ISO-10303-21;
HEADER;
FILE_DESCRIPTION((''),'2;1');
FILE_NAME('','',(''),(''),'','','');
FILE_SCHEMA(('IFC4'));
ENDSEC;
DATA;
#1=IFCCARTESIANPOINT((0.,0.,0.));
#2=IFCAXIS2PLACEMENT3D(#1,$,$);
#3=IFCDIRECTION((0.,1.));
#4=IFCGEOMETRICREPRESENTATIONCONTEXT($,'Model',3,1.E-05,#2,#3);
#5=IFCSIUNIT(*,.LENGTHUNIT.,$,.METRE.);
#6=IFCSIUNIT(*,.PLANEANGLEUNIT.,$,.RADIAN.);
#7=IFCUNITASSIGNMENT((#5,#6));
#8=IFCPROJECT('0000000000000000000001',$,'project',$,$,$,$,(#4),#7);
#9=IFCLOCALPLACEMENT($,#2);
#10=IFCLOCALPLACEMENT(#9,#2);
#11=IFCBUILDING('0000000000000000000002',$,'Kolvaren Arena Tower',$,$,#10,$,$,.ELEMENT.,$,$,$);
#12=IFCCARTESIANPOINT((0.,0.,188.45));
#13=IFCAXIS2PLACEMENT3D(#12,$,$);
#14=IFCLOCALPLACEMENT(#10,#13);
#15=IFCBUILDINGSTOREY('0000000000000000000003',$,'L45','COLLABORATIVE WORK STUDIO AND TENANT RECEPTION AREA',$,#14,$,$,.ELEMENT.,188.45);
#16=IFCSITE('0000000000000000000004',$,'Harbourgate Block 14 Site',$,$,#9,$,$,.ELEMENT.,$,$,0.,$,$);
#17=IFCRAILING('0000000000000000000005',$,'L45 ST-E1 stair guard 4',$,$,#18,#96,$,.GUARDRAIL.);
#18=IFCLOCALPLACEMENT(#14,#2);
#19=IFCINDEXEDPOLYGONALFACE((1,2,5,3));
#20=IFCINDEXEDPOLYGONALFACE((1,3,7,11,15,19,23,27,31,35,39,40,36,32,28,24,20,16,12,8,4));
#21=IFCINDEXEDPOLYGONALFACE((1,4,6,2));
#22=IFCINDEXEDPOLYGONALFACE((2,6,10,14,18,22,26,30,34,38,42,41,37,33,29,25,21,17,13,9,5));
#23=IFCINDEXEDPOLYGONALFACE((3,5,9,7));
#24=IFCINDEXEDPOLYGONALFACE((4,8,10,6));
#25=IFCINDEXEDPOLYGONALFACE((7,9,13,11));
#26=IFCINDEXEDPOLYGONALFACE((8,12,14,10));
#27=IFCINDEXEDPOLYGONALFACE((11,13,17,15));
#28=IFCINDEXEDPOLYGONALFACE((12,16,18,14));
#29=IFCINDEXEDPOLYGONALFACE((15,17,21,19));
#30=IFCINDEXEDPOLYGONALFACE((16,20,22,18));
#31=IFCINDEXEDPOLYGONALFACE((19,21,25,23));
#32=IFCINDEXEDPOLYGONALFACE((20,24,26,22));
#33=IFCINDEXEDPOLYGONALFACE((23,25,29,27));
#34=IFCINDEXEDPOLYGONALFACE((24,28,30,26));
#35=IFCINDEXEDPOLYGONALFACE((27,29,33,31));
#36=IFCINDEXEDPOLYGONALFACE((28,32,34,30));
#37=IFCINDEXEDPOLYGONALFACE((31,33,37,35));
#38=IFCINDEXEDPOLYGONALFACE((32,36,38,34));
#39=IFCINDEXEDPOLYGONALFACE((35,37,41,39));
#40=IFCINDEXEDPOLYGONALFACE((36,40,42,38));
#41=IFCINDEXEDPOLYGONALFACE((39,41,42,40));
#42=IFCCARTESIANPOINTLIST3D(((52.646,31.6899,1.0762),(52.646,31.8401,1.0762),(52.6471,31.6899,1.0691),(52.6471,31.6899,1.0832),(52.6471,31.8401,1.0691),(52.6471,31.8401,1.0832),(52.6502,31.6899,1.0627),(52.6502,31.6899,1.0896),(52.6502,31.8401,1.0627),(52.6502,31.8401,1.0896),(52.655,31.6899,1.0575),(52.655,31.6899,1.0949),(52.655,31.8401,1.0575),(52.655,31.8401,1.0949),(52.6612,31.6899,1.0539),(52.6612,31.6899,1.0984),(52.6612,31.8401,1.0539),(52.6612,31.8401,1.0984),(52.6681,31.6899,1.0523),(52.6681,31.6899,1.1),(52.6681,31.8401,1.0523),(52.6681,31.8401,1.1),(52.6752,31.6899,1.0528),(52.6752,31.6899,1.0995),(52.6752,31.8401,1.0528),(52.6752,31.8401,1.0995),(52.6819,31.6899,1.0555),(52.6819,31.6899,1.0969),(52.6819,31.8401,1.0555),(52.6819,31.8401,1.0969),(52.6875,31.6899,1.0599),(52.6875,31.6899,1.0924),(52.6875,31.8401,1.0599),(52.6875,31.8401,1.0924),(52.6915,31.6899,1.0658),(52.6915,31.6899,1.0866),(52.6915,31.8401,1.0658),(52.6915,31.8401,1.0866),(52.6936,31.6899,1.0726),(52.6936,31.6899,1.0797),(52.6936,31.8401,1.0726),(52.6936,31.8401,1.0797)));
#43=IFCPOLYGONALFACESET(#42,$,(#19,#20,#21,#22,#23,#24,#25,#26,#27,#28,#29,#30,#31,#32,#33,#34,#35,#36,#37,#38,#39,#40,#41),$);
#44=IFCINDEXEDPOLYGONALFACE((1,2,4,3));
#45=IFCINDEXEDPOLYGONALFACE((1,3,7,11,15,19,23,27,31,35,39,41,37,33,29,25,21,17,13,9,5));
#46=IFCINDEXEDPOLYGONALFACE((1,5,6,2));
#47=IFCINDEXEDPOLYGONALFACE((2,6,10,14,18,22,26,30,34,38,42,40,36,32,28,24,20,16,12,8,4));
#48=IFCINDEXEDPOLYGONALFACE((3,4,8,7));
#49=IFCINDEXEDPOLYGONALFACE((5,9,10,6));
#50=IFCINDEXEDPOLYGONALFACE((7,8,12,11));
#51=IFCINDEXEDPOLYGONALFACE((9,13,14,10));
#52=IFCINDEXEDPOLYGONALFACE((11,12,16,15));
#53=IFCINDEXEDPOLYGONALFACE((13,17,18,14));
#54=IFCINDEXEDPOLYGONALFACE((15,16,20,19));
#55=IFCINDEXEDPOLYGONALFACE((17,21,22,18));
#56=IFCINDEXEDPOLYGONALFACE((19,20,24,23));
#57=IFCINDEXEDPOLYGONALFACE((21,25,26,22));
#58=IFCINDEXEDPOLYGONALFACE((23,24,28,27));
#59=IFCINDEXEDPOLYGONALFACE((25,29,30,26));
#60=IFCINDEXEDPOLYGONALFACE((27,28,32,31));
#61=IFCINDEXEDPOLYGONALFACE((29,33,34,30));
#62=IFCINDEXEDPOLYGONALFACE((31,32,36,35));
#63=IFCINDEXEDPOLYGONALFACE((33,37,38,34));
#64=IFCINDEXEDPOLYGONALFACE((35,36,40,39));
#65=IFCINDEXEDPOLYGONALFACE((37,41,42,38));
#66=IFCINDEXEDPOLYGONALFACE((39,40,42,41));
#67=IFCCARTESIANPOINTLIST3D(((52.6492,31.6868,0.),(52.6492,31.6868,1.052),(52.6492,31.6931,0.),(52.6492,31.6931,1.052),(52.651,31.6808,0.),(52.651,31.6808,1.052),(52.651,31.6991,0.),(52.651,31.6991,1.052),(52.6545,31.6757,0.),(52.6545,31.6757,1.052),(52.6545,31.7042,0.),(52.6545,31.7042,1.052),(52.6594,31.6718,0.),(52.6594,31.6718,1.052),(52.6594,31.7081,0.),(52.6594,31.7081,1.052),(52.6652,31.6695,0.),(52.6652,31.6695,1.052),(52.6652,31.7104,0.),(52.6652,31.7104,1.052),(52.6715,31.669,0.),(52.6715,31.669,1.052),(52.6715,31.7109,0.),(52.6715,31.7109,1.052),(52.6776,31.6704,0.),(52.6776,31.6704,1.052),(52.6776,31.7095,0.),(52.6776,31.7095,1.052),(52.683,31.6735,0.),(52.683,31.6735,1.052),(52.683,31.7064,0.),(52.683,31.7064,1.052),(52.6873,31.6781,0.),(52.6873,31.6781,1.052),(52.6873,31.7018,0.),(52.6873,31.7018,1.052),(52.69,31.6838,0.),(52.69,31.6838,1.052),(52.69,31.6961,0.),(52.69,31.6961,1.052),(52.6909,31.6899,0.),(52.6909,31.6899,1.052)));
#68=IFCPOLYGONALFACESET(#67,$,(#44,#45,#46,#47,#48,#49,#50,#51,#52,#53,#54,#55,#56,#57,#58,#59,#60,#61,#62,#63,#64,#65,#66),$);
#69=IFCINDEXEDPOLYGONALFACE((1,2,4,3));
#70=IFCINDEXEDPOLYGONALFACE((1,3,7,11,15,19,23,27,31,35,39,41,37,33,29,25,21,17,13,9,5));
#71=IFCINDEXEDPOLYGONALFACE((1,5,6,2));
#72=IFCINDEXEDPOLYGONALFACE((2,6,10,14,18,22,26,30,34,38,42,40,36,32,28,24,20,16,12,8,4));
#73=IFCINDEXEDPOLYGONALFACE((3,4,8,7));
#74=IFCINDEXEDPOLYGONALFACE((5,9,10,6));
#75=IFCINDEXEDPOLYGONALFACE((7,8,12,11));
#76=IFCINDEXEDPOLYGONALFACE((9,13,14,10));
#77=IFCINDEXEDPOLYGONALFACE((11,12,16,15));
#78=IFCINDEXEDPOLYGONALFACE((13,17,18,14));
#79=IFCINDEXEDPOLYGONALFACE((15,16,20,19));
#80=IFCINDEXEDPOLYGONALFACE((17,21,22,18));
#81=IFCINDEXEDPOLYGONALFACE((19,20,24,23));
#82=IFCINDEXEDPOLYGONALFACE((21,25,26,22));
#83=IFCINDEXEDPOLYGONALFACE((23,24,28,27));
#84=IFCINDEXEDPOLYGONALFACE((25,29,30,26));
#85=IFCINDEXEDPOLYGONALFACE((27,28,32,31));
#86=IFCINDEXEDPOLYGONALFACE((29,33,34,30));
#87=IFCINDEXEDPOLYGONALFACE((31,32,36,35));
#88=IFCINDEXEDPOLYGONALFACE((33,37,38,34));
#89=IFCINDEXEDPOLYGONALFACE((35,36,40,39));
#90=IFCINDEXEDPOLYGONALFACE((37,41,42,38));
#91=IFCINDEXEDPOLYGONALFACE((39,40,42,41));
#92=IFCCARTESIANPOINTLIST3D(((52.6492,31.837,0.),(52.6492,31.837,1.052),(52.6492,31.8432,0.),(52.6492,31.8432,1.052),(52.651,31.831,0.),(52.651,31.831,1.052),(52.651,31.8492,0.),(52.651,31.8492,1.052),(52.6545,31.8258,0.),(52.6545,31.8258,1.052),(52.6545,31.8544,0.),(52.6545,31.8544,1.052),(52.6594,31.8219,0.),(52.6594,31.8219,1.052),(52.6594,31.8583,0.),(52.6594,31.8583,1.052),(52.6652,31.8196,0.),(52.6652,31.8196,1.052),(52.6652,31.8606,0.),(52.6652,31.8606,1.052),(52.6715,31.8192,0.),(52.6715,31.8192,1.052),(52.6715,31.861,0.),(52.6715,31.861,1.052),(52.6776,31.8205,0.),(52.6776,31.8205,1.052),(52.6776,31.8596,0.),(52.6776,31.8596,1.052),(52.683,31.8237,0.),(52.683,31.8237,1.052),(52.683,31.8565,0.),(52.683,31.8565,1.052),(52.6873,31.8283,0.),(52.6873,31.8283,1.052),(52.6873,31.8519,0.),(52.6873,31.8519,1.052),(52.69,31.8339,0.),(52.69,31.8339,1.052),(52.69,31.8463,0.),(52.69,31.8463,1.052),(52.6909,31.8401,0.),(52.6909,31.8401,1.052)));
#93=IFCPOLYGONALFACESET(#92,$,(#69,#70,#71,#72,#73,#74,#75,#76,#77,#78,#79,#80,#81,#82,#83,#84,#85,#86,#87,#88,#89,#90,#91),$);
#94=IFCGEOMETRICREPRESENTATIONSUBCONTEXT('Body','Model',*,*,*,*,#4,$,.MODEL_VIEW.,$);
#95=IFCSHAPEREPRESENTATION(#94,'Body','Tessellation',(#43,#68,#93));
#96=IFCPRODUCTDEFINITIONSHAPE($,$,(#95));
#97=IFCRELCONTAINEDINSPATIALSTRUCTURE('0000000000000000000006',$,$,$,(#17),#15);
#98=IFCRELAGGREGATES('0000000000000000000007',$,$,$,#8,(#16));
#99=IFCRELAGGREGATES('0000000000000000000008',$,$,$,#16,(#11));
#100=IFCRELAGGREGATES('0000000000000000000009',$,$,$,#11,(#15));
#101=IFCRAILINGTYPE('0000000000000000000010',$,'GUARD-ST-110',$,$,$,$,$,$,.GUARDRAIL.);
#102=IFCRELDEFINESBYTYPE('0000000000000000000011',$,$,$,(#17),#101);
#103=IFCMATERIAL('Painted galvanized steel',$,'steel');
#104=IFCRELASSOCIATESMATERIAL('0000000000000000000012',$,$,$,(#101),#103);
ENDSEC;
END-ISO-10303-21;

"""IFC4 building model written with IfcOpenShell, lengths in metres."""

from ifc_helpers import new_model, si_unit, direction, frame, origin, origin_2d, place, context, subcontext, project, spatial, circle, extrude, material, type_object, element, save


model = new_model("IFC4")

# Units and contexts
model_context = context("Model", 3, precision=1e-05, world=origin(), true_north=direction((0.0, 1.0)))
body_context = subcontext(model_context, "Body", "Model", "MODEL_VIEW")
ifc_project = project(units=[si_unit("LENGTHUNIT", "METRE"), si_unit("PLANEANGLEUNIT", "RADIAN")], contexts=[model_context])

# Site, building, storey
site_placement = place(None, origin())
site = spatial("IfcSite", under=ifc_project, at=site_placement, Name="Harbourgate Block 14 Site", CompositionType="ELEMENT", RefElevation=0.0)
building_placement = place(site_placement, origin())
building = spatial("IfcBuilding", under=site, at=building_placement, Name="Kolvaren Arena Tower", CompositionType="ELEMENT")
storey_placement = place(building_placement, frame((0.0, 0.0, 188.45)))
storey = spatial("IfcBuildingStorey", under=building, at=storey_placement, Name="L45", Description="COLLABORATIVE WORK STUDIO AND TENANT RECEPTION AREA", CompositionType="ELEMENT", Elevation=188.45)

# Railing
ifc_material_1 = material(Name="Painted galvanized steel", Category="steel")
railing_type_1 = type_object("IfcRailingType", Name="GUARD-ST-110", PredefinedType="GUARDRAIL", material=ifc_material_1)
railing_1_placement = place(storey_placement, frame((52.6699, 31.6899, 0.0)))
element("IfcRailing", 1, at=railing_1_placement, inside=storey, type_object=railing_type_1, Name="L45 ST-E1 stair guard 4", PredefinedType="GUARDRAIL", context=body_context, shape_type="SweptSolid", body=[
    extrude(circle(Radius=0.0239, at=origin_2d()), frame((0.0, 0.0, 1.0762), z_axis=(0.0, 1.0, 0.0), x_axis=(-1.0, 0.0, 0.0)), (0.0, 0.0, 1.0), 0.1501),
    extrude(circle(Radius=0.021, at=origin_2d()), origin(), (0.0, 0.0, 1.0), 1.052),
    extrude(circle(Radius=0.021, at=origin_2d()), frame((0.0, 0.1501, 0.0)), (0.0, 0.0, 1.0), 1.052),
])

save(model, "model.ifc")
